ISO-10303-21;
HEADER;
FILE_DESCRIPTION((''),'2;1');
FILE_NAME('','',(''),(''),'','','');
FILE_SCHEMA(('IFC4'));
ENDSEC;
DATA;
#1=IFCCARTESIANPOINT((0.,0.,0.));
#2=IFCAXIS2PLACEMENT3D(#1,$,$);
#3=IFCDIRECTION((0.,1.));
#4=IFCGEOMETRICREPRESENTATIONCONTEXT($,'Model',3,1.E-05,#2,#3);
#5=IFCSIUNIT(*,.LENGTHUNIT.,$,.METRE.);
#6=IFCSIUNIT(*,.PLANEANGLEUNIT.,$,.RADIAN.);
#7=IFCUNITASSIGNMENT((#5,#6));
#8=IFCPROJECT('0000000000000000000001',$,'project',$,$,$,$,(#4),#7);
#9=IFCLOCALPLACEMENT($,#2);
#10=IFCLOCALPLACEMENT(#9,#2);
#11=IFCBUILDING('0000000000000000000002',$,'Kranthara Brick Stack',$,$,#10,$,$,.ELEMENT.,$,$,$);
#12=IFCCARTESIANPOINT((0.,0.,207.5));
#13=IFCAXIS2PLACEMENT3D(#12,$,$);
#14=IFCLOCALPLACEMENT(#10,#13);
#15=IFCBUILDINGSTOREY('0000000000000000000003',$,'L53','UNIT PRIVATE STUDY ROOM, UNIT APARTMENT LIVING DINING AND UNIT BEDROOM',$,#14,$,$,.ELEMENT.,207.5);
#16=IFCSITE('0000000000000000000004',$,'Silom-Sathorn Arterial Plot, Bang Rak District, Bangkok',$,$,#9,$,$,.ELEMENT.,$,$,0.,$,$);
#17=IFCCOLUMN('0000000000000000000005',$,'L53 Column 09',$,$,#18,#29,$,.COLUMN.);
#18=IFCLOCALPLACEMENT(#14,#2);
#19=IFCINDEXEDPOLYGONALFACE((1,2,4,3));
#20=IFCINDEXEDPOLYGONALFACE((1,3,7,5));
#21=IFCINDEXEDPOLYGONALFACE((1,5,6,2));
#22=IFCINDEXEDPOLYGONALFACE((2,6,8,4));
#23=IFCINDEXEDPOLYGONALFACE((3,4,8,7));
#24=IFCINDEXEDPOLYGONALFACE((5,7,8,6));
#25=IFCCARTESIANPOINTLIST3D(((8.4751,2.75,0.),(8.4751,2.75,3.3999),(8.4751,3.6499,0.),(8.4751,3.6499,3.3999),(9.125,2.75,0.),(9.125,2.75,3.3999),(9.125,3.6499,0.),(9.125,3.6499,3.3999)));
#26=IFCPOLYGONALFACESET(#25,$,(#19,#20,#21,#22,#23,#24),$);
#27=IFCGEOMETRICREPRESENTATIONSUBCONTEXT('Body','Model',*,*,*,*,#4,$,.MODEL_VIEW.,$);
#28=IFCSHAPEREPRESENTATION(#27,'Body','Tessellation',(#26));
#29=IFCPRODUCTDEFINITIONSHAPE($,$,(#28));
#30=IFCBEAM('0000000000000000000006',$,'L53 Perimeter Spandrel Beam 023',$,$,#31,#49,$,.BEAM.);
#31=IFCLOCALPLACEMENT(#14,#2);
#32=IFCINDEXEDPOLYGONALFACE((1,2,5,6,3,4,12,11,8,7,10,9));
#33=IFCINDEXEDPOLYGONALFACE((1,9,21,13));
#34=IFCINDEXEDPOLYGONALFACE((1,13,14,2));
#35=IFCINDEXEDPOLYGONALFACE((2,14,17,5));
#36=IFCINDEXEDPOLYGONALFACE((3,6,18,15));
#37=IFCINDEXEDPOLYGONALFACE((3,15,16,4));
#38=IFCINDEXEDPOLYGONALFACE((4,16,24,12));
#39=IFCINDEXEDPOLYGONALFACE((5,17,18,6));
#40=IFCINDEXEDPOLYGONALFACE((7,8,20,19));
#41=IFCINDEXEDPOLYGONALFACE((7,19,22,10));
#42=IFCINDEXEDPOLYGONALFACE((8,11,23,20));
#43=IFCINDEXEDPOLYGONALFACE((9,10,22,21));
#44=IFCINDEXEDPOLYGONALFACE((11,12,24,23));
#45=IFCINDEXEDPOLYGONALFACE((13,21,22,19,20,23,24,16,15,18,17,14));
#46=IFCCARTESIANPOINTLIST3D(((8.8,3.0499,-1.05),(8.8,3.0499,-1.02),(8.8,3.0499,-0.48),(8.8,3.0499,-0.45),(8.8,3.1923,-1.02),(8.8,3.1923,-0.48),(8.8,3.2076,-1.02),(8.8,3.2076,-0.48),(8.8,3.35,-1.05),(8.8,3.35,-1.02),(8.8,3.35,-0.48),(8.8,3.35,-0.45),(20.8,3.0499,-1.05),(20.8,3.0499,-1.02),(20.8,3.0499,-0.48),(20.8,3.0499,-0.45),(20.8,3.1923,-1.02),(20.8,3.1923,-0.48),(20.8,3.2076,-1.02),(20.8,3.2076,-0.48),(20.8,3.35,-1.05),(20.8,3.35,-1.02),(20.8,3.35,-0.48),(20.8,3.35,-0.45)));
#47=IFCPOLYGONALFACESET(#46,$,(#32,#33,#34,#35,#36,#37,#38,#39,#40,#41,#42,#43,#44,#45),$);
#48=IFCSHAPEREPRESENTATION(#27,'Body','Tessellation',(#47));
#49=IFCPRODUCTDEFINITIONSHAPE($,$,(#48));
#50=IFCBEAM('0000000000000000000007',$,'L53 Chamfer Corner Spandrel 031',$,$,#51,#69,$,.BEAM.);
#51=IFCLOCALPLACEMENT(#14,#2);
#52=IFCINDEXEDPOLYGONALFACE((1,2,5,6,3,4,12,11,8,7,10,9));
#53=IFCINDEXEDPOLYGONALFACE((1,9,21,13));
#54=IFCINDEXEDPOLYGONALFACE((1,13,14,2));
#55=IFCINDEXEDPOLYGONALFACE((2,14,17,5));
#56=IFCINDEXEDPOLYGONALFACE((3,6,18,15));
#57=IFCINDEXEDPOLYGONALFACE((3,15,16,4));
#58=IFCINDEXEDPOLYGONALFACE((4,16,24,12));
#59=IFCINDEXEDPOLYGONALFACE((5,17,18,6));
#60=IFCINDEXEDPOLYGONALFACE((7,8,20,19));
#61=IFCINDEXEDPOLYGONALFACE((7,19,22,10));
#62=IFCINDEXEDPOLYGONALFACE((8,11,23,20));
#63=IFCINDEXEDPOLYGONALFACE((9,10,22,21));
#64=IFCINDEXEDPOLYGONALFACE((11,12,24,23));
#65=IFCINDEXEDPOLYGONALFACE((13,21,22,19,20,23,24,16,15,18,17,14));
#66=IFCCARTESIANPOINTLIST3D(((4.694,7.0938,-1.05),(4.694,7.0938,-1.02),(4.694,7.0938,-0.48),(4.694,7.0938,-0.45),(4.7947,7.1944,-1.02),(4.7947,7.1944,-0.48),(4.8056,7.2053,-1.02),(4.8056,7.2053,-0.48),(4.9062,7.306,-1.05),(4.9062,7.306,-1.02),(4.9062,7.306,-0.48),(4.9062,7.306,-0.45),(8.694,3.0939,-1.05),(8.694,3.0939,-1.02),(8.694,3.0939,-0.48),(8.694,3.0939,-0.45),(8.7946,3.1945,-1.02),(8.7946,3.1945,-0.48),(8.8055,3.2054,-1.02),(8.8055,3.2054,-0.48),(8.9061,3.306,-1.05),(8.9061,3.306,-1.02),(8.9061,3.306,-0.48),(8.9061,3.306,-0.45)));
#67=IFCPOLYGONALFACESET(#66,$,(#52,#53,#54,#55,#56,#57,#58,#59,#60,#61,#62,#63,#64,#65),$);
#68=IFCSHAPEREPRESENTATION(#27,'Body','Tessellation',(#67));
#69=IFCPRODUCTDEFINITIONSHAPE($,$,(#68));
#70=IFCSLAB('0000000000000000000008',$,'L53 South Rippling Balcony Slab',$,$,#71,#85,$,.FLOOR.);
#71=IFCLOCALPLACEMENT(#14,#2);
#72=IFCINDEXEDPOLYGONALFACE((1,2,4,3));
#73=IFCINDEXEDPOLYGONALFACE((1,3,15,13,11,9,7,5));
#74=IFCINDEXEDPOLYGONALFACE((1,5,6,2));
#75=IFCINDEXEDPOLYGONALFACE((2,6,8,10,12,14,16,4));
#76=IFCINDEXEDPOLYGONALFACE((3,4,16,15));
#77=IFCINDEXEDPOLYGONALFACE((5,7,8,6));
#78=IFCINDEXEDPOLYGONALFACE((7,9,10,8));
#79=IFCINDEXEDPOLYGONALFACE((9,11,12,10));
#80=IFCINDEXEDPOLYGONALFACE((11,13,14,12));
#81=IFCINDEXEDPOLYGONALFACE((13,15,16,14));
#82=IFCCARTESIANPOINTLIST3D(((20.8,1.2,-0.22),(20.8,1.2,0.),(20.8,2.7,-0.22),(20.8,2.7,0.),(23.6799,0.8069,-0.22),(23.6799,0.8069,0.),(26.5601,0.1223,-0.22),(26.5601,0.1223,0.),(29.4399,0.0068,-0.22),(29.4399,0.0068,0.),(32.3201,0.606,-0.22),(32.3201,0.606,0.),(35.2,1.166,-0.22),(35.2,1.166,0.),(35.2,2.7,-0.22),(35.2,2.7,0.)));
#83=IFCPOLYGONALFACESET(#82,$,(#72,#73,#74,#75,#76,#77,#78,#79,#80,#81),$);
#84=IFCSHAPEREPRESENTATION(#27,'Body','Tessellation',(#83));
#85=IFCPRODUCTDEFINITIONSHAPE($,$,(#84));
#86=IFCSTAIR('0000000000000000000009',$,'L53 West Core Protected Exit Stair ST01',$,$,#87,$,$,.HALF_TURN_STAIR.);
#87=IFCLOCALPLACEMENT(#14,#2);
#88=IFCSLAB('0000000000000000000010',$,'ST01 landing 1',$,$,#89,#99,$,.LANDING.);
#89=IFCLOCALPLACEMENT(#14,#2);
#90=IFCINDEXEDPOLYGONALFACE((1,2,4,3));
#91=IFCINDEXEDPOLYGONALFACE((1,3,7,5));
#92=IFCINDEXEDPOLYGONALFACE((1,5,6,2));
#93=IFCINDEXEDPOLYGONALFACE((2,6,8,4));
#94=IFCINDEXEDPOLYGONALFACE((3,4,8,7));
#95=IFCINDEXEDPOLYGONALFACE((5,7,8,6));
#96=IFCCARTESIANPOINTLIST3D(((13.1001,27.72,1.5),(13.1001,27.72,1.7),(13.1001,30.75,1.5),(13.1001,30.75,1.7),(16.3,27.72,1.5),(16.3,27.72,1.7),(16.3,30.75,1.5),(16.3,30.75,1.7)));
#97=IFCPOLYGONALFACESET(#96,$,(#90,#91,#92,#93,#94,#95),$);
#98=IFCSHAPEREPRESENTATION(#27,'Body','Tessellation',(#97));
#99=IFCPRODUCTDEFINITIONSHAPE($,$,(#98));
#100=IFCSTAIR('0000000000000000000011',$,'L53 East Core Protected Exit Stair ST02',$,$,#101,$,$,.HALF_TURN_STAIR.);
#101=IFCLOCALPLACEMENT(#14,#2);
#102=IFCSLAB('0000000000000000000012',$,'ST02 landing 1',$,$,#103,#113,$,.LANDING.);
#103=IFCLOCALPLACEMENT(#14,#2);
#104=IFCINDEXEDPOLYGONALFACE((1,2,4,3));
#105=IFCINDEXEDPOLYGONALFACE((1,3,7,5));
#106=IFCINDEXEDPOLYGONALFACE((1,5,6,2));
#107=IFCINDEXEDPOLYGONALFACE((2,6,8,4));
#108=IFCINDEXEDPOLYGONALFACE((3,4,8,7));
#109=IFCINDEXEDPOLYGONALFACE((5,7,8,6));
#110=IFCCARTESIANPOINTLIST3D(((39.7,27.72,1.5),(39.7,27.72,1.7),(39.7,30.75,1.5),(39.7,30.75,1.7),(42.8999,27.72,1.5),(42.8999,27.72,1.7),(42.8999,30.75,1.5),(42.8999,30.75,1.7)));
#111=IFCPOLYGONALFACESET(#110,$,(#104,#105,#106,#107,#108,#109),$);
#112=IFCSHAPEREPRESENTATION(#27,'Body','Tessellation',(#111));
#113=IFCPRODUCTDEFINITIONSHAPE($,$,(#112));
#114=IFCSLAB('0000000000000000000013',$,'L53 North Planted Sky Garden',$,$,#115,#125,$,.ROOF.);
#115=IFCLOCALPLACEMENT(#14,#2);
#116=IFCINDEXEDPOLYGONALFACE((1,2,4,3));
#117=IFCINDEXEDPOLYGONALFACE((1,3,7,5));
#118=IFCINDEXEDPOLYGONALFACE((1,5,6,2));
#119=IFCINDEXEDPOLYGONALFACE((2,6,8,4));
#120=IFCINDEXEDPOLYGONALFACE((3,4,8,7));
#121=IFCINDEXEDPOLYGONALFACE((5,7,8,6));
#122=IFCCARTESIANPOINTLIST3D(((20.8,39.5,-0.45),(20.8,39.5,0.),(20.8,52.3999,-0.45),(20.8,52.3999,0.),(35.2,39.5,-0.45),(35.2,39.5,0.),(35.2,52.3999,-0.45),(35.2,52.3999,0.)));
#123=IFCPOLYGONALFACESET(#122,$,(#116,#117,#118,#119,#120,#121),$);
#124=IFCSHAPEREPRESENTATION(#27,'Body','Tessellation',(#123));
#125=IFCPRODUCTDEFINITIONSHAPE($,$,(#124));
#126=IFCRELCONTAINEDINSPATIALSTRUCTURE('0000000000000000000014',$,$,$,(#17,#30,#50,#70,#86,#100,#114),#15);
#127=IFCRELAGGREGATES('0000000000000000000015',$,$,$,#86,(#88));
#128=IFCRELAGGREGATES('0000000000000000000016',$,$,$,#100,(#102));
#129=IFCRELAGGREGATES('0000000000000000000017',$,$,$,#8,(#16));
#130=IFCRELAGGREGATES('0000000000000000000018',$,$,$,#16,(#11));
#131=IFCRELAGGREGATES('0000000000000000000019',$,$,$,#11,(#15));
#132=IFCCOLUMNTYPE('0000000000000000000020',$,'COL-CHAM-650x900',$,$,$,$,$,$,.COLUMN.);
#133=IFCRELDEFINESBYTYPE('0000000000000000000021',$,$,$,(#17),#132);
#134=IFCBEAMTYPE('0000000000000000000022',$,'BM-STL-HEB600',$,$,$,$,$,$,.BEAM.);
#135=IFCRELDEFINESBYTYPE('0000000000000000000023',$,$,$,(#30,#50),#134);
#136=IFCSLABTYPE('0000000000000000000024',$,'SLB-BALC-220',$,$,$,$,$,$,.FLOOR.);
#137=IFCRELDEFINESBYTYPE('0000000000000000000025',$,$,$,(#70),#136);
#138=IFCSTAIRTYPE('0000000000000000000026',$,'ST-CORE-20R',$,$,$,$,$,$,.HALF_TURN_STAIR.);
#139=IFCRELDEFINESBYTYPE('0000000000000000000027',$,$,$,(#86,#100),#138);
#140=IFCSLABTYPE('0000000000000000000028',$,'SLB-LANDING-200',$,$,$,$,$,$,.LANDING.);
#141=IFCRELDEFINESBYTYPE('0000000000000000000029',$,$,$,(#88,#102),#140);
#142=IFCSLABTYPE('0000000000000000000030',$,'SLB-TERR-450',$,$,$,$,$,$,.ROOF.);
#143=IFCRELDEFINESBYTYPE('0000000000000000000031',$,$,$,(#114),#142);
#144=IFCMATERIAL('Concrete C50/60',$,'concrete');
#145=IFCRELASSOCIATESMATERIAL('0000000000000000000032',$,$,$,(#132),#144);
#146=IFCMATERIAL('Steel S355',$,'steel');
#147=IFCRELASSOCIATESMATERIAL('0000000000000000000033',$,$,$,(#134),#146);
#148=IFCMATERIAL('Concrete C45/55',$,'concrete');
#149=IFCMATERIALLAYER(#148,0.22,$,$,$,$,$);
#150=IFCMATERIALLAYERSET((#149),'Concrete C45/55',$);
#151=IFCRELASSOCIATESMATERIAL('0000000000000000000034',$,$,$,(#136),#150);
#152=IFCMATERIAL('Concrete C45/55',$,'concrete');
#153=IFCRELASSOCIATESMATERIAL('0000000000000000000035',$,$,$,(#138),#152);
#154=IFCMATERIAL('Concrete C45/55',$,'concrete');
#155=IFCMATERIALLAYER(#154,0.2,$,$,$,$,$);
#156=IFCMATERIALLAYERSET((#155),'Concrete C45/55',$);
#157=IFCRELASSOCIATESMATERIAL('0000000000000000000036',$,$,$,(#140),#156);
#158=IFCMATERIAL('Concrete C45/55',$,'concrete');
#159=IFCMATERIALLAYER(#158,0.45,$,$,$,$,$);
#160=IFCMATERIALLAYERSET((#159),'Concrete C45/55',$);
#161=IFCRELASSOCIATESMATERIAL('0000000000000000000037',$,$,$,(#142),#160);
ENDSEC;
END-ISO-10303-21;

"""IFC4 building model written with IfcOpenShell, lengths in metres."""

from ifc_helpers import new_model, si_unit, direction, frame, origin, origin_2d, place, context, subcontext, project, spatial, polyline, rectangle, i_section, outline, extrude, material, layer, layer_set, material_profile, profile_set, type_object, element, aggregate, save


model = new_model("IFC4")

# Units and contexts
model_context = context("Model", 3, precision=1e-05, world=origin(), true_north=direction((0.0, 1.0)))
body_context = subcontext(model_context, "Body", "Model", "MODEL_VIEW")
ifc_project = project(units=[si_unit("LENGTHUNIT", "METRE"), si_unit("PLANEANGLEUNIT", "RADIAN")], contexts=[model_context])

# Site, building, storey
site_placement = place(None, origin())
site = spatial("IfcSite", under=ifc_project, at=site_placement, Name="Silom-Sathorn Arterial Plot, Bang Rak District, Bangkok", CompositionType="ELEMENT", RefElevation=0.0)
building_placement = place(site_placement, origin())
building = spatial("IfcBuilding", under=site, at=building_placement, Name="Kranthara Brick Stack", CompositionType="ELEMENT")
storey_placement = place(building_placement, frame((0.0, 0.0, 207.5)))
storey = spatial("IfcBuildingStorey", under=building, at=storey_placement, Name="L53", Description="UNIT PRIVATE STUDY ROOM, UNIT APARTMENT LIVING DINING AND UNIT BEDROOM", CompositionType="ELEMENT", Elevation=207.5)

# Column
ifc_material_1 = material(Name="Concrete C50/60", Category="concrete")
ifc_material_profile_1 = material_profile(ifc_material_1, rectangle(XDim=0.6499, YDim=0.8999, at=origin_2d()), Name="RC 650x900")
ifc_profile_set_1 = profile_set([ifc_material_profile_1], Name="Concrete C50/60")
column_type = type_object("IfcColumnType", Name="COL-CHAM-650x900", PredefinedType="COLUMN", material=ifc_profile_set_1)
column_placement = place(storey_placement, frame((8.8, 3.2, 0.0), z_axis=(0.0, 0.0, 1.0), x_axis=(1.0, 0.0, 0.0)))
element("IfcColumn", 1, at=column_placement, inside=storey, type_object=column_type, Name="L53 Column 09", PredefinedType="COLUMN", context=body_context, shape_type="SweptSolid", body=[
    extrude(rectangle(XDim=0.6499, YDim=0.8999, at=origin_2d()), origin(), (0.0, 0.0, 1.0), 3.3999),
])

# Beams
ifc_material_2 = material(Name="Steel S355", Category="steel")
ifc_material_profile_2 = material_profile(ifc_material_2, i_section(OverallWidth=0.3, OverallDepth=0.6001, WebThickness=0.0154, FlangeThickness=0.03, at=origin_2d()), Name="HEB 600")
ifc_profile_set_2 = profile_set([ifc_material_profile_2], Name="Steel S355")
beam_type = type_object("IfcBeamType", Name="BM-STL-HEB600", PredefinedType="BEAM", material=ifc_profile_set_2)
beam_1_placement = place(storey_placement, frame((8.8, 3.2, -0.75), z_axis=(1.0, 0.0, 0.0), x_axis=(0.0, 1.0, 0.0)))
element("IfcBeam", 2, at=beam_1_placement, inside=storey, type_object=beam_type, Name="L53 Perimeter Spandrel Beam 023", PredefinedType="BEAM", context=body_context, shape_type="SweptSolid", body=[
    extrude(i_section(OverallWidth=0.3, OverallDepth=0.6001, WebThickness=0.0154, FlangeThickness=0.03, at=origin_2d()), origin(), (0.0, 0.0, 1.0), 12.0),
])
beam_2_placement = place(storey_placement, frame((8.8, 3.2, -0.75), z_axis=(-0.707107, 0.707107, 0.0), x_axis=(-0.707107, -0.707107, 0.0)))
element("IfcBeam", 3, at=beam_2_placement, inside=storey, type_object=beam_type, Name="L53 Chamfer Corner Spandrel 031", PredefinedType="BEAM", context=body_context, shape_type="SweptSolid", body=[
    extrude(i_section(OverallWidth=0.3, OverallDepth=0.6001, WebThickness=0.0154, FlangeThickness=0.03, at=origin_2d()), origin(), (0.0, 0.0, 1.0), 5.6567),
])

# Slab
ifc_material_3 = material(Name="Concrete C45/55", Category="concrete")
ifc_layer_1 = layer(ifc_material_3, 0.22)
ifc_layer_set_1 = layer_set([ifc_layer_1], Name="Concrete C45/55")
slab_type_1 = type_object("IfcSlabType", Name="SLB-BALC-220", PredefinedType="FLOOR", material=ifc_layer_set_1)
slab_1_placement = place(storey_placement, frame((0.0, 0.0, -0.22)))
element("IfcSlab", 4, at=slab_1_placement, inside=storey, type_object=slab_type_1, Name="L53 South Rippling Balcony Slab", PredefinedType="FLOOR", context=body_context, shape_type="SweptSolid", body=[
    extrude(outline(polyline([(20.8, 2.7), (35.2, 2.7), (35.2, 1.166), (32.3201, 0.606), (29.4399, 0.0068), (26.5601, 0.1223), (23.6799, 0.8069), (20.8, 1.2), (20.8, 2.7)])), origin(), (0.0, 0.0, 1.0), 0.22),
])

# Stairs, slabs
ifc_material_4 = material(Name="Concrete C45/55", Category="concrete")
stair_type = type_object("IfcStairType", Name="ST-CORE-20R", PredefinedType="HALF_TURN_STAIR", material=ifc_material_4)
stair_1_placement = place(storey_placement, origin())
stair_1 = element("IfcStair", 5, at=stair_1_placement, inside=storey, type_object=stair_type, Name="L53 West Core Protected Exit Stair ST01", PredefinedType="HALF_TURN_STAIR")
ifc_material_5 = material(Name="Concrete C45/55", Category="concrete")
ifc_layer_2 = layer(ifc_material_5, 0.2)
ifc_layer_set_2 = layer_set([ifc_layer_2], Name="Concrete C45/55")
slab_type_2 = type_object("IfcSlabType", Name="SLB-LANDING-200", PredefinedType="LANDING", material=ifc_layer_set_2)
slab_2_placement = place(storey_placement, frame((0.0, 0.0, 1.5)))
slab_2 = element("IfcSlab", 6, at=slab_2_placement, type_object=slab_type_2, Name="ST01 landing 1", PredefinedType="LANDING", context=body_context, shape_type="SweptSolid", body=[
    extrude(outline(polyline([(16.3, 27.72), (16.3, 30.75), (13.1001, 30.75), (13.1001, 27.72), (16.3, 27.72)])), origin(), (0.0, 0.0, 1.0), 0.2),
])
aggregate(stair_1, [slab_2])
stair_2_placement = place(storey_placement, origin())
stair_2 = element("IfcStair", 7, at=stair_2_placement, inside=storey, type_object=stair_type, Name="L53 East Core Protected Exit Stair ST02", PredefinedType="HALF_TURN_STAIR")
slab_3_placement = place(storey_placement, frame((0.0, 0.0, 1.5)))
slab_3 = element("IfcSlab", 8, at=slab_3_placement, type_object=slab_type_2, Name="ST02 landing 1", PredefinedType="LANDING", context=body_context, shape_type="SweptSolid", body=[
    extrude(outline(polyline([(42.8999, 27.72), (42.8999, 30.75), (39.7, 30.75), (39.7, 27.72), (42.8999, 27.72)])), origin(), (0.0, 0.0, 1.0), 0.2),
])
aggregate(stair_2, [slab_3])

# Slab
ifc_material_6 = material(Name="Concrete C45/55", Category="concrete")
ifc_layer_3 = layer(ifc_material_6, 0.45)
ifc_layer_set_3 = layer_set([ifc_layer_3], Name="Concrete C45/55")
slab_type_3 = type_object("IfcSlabType", Name="SLB-TERR-450", PredefinedType="ROOF", material=ifc_layer_set_3)
slab_4_placement = place(storey_placement, frame((0.0, 0.0, -0.45)))
element("IfcSlab", 9, at=slab_4_placement, inside=storey, type_object=slab_type_3, Name="L53 North Planted Sky Garden", PredefinedType="ROOF", context=body_context, shape_type="SweptSolid", body=[
    extrude(outline(polyline([(20.8, 39.5), (35.2, 39.5), (35.2, 52.3999), (20.8, 52.3999), (20.8, 39.5)])), origin(), (0.0, 0.0, 1.0), 0.45),
])

save(model, "model.ifc")
